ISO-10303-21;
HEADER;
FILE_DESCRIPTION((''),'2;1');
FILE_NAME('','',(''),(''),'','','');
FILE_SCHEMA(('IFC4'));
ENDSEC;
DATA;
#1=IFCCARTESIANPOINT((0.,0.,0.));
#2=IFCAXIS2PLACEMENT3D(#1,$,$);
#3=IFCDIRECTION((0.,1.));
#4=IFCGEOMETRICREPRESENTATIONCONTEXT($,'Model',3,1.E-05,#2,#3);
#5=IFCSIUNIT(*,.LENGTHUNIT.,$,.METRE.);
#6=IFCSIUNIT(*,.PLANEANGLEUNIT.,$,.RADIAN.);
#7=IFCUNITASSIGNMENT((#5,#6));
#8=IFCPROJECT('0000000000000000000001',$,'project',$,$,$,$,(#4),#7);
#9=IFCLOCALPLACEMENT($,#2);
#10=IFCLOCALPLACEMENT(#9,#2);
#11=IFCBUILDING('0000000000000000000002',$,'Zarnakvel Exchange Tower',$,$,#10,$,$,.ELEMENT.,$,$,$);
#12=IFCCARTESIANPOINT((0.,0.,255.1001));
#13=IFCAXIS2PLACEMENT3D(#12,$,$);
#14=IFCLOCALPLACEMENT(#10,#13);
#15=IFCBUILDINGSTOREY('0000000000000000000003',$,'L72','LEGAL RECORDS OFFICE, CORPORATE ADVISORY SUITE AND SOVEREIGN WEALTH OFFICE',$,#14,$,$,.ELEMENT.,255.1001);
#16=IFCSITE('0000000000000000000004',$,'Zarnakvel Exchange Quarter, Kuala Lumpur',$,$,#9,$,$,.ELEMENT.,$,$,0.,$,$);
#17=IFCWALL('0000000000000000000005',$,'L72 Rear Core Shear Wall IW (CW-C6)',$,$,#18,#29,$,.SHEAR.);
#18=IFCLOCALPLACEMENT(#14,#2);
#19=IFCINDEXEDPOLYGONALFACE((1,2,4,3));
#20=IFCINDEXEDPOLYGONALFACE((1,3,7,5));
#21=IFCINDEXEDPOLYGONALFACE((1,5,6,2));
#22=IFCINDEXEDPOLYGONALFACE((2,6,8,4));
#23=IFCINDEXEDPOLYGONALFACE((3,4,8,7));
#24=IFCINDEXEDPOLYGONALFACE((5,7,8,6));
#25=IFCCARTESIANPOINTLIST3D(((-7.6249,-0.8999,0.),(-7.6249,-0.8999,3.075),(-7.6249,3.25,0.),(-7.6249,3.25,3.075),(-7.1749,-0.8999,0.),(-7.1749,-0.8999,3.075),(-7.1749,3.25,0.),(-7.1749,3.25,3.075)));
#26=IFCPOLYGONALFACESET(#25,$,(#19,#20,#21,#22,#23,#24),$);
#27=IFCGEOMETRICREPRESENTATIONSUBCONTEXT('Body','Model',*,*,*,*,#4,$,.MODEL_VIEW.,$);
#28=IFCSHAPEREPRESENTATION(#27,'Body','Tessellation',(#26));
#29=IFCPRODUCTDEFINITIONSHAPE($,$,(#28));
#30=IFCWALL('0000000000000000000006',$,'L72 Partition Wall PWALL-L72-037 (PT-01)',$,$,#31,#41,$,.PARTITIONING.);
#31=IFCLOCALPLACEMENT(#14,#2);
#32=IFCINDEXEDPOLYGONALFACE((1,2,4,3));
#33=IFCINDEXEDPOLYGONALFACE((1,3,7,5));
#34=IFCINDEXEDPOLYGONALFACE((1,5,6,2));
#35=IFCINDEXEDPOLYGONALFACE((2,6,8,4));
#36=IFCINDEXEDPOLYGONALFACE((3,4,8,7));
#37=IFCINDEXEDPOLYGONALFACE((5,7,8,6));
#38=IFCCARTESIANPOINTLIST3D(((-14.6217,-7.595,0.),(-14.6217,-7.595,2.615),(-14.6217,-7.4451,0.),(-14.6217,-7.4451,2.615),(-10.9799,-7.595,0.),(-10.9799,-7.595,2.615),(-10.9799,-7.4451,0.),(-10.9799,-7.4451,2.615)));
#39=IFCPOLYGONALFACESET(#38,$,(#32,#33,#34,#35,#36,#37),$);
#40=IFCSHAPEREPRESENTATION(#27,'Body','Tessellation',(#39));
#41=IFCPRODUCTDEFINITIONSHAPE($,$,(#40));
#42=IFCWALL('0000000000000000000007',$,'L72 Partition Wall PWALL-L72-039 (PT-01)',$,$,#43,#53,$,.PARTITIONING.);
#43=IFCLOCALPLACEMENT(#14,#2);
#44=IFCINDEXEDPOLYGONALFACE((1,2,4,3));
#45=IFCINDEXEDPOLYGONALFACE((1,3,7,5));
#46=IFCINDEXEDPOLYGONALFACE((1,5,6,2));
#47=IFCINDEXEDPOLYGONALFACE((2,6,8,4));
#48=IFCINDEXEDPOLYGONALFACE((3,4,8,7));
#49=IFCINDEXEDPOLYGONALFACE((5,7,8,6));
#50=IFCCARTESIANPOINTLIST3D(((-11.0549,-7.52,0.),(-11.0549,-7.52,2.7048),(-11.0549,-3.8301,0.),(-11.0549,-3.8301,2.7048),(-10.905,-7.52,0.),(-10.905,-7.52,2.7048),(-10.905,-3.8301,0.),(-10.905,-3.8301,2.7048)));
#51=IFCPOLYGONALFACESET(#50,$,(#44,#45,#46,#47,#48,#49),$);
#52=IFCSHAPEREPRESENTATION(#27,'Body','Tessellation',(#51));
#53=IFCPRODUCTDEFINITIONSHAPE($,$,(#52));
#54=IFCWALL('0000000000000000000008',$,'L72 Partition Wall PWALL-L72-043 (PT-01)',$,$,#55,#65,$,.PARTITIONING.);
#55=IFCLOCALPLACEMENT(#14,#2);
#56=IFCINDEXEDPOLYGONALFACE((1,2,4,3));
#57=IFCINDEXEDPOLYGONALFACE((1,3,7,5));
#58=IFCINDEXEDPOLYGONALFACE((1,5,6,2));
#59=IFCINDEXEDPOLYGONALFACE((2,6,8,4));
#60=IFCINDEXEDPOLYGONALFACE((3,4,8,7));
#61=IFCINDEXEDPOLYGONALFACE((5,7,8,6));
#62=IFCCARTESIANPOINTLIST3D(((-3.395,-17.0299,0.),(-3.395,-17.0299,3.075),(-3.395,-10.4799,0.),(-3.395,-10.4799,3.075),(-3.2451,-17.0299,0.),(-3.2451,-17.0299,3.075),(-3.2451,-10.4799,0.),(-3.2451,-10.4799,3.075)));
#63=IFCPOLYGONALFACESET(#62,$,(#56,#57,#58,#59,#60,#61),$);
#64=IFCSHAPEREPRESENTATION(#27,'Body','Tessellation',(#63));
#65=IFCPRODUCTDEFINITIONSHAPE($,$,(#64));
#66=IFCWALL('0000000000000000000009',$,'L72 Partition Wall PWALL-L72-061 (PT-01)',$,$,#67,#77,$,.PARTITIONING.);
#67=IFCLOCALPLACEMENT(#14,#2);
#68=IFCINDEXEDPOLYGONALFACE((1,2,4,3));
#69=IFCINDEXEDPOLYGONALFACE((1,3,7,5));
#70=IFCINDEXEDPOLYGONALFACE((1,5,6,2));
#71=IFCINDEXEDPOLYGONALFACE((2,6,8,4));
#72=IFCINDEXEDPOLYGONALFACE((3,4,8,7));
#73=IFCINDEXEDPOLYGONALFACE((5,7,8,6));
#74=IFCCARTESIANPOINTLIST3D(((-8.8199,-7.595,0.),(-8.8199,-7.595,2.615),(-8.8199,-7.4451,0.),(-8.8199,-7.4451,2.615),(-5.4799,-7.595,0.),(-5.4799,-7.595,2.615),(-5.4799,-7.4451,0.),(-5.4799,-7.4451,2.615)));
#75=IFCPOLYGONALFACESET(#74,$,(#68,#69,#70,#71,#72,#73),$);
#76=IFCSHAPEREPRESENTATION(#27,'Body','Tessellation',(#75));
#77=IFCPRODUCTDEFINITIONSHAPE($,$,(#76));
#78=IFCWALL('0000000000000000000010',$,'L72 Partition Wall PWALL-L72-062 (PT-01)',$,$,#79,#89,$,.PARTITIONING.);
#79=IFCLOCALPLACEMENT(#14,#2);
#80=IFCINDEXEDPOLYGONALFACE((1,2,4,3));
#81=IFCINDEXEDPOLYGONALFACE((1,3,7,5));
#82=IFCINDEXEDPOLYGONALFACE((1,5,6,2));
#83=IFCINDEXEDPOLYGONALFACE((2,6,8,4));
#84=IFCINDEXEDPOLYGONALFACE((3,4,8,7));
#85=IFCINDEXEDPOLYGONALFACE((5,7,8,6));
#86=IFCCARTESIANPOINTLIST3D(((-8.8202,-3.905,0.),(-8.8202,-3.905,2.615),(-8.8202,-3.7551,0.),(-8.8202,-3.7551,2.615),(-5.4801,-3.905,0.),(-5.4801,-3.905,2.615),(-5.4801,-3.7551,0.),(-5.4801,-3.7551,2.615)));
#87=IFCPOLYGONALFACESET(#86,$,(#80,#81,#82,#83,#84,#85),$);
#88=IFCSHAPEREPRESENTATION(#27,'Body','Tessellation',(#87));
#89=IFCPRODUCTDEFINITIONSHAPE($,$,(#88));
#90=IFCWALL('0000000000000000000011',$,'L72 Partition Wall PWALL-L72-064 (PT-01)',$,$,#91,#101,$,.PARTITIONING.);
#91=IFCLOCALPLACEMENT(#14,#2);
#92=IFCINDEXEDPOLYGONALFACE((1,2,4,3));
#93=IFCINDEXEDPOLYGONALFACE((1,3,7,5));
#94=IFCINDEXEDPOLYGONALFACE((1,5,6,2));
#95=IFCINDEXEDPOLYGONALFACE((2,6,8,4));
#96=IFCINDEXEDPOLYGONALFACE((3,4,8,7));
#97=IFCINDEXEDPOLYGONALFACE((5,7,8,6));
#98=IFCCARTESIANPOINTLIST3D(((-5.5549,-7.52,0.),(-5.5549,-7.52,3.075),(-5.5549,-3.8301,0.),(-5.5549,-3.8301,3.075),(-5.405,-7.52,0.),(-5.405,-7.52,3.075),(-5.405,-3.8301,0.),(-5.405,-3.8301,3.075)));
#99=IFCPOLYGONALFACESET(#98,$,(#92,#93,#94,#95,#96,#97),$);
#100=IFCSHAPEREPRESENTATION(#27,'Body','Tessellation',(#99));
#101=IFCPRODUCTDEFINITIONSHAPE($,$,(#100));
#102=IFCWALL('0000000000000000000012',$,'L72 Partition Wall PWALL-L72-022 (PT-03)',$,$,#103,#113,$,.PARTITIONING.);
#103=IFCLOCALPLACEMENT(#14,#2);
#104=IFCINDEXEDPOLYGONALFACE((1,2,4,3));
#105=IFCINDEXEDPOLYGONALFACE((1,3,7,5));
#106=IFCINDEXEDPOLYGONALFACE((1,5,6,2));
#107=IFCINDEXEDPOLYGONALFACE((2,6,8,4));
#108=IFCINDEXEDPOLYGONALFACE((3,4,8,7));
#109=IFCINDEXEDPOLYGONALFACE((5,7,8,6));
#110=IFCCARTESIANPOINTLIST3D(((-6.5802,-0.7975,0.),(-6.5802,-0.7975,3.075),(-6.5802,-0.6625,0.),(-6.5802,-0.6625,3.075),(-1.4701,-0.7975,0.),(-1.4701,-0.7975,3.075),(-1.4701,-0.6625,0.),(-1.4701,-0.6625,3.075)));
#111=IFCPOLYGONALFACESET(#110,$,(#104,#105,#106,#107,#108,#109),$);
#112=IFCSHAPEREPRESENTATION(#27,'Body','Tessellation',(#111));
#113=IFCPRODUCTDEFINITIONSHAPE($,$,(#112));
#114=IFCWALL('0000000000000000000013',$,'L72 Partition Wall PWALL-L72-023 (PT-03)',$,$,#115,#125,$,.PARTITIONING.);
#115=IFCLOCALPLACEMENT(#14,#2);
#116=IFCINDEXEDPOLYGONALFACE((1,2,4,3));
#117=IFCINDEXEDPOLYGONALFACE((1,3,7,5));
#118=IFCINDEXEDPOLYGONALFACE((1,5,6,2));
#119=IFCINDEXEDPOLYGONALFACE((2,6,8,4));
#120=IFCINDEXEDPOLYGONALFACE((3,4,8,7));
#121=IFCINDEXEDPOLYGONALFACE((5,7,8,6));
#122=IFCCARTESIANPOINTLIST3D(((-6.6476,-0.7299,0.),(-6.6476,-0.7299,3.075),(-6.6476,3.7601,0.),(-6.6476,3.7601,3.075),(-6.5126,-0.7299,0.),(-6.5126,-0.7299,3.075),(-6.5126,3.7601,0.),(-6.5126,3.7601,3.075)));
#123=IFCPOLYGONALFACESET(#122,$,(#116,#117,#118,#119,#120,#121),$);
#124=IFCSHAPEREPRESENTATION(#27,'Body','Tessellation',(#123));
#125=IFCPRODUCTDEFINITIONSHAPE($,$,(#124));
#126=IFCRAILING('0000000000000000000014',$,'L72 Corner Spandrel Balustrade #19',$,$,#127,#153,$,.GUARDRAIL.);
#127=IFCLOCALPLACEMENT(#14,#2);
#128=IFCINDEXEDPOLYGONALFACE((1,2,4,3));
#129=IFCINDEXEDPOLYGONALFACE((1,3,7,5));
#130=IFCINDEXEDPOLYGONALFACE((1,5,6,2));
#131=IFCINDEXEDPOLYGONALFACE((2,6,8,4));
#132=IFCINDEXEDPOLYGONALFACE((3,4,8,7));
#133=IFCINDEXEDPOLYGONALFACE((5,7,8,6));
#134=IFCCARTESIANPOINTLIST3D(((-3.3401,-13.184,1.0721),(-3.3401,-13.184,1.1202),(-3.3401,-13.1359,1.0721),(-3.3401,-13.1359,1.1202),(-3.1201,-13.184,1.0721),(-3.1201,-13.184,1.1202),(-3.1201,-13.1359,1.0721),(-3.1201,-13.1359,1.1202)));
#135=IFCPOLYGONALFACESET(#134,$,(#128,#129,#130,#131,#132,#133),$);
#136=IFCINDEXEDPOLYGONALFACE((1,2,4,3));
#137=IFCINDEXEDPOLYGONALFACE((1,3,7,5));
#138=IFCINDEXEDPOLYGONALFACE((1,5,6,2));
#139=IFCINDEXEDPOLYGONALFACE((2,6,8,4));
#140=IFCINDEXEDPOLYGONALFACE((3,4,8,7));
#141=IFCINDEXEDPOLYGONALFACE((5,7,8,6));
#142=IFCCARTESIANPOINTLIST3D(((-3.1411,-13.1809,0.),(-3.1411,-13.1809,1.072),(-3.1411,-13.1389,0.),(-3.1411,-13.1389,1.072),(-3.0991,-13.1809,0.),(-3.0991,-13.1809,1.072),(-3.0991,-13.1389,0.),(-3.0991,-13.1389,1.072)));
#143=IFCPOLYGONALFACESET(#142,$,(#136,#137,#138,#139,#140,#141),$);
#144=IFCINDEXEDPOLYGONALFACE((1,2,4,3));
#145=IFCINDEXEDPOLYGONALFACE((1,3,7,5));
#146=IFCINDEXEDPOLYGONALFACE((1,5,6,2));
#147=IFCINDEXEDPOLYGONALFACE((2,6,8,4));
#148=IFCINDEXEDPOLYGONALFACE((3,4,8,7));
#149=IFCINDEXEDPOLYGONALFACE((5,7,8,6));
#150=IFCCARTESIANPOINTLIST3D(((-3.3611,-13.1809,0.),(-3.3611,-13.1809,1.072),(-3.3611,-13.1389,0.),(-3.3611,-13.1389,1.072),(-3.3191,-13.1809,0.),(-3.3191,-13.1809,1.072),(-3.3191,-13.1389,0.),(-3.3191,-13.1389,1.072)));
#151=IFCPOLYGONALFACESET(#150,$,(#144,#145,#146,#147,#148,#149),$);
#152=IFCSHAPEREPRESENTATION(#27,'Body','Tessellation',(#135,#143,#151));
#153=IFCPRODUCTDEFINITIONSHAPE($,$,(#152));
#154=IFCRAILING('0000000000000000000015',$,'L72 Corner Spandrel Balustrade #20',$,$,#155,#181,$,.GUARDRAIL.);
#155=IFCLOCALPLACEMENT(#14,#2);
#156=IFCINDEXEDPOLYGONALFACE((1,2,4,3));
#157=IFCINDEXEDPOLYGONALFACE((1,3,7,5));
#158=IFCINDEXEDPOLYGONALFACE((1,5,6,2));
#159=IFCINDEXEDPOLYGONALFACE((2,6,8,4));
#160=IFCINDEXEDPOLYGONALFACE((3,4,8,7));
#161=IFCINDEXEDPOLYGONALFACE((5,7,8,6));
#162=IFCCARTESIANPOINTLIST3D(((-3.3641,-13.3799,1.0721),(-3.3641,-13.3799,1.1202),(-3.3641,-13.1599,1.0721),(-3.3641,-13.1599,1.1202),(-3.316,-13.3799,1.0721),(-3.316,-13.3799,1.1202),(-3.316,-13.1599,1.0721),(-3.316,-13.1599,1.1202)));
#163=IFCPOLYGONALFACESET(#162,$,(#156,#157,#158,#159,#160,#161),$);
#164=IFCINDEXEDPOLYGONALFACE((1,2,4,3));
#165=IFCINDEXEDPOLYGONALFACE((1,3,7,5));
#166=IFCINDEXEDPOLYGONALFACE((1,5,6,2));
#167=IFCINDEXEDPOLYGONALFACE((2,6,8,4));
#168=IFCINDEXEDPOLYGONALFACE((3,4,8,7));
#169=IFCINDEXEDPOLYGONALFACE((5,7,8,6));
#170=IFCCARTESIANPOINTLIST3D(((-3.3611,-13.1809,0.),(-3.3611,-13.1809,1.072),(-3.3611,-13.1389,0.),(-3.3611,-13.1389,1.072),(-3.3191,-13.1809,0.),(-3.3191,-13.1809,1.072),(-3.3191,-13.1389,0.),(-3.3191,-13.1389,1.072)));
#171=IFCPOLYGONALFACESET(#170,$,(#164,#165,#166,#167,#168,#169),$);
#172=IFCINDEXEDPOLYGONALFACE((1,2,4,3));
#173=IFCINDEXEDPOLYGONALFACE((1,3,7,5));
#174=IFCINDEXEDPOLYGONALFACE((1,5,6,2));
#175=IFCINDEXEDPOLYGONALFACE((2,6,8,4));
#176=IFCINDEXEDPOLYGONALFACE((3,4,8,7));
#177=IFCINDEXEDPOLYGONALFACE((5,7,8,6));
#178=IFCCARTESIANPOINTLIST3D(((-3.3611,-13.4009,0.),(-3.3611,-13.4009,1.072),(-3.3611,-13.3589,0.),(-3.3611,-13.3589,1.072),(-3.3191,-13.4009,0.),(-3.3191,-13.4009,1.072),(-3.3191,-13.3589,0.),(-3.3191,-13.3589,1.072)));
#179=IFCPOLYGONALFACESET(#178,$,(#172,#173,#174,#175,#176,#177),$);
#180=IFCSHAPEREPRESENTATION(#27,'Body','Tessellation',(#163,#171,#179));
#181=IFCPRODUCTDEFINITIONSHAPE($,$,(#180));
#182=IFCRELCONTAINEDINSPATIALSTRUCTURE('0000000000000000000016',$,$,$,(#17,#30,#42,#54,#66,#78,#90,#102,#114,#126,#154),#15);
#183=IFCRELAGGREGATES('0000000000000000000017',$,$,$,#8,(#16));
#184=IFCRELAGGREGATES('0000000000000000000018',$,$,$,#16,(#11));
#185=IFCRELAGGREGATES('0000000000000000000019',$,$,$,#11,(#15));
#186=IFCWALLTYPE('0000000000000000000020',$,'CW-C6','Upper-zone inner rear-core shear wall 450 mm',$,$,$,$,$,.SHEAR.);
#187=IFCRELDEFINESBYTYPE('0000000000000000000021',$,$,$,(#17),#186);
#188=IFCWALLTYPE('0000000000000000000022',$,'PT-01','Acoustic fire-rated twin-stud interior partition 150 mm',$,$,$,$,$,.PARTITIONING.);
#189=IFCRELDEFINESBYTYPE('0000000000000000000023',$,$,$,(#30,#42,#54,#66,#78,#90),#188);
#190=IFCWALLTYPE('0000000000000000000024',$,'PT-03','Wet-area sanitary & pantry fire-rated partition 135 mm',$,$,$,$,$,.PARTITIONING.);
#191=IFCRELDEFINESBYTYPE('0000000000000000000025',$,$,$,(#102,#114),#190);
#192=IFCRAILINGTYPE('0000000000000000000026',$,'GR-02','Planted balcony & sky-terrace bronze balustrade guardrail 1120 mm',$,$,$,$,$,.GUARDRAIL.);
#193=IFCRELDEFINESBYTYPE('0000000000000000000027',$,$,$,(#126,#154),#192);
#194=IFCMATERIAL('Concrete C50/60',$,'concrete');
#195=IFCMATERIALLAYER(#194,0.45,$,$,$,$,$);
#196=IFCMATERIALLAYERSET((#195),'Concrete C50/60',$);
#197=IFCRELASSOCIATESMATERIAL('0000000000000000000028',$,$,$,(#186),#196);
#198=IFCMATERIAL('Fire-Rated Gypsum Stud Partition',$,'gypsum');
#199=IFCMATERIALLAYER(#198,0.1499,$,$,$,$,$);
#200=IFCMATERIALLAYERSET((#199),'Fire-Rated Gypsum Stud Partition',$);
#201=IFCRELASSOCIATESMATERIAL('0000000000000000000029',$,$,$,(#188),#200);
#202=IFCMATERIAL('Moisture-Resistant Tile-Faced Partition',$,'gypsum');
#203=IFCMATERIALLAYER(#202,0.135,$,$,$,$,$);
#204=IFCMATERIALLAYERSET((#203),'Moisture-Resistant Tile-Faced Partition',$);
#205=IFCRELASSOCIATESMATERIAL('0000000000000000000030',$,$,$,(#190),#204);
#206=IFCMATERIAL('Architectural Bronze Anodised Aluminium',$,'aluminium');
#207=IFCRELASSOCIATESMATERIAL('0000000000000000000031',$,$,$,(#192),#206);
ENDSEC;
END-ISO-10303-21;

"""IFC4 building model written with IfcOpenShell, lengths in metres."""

from ifc_helpers import new_model, si_unit, direction, frame, frame_2d, origin, origin_2d, place, context, subcontext, project, spatial, rectangle, extrude, material, layer, layer_set, type_object, element, save


model = new_model("IFC4")

# Units and contexts
model_context = context("Model", 3, precision=1e-05, world=origin(), true_north=direction((0.0, 1.0)))
body_context = subcontext(model_context, "Body", "Model", "MODEL_VIEW")
ifc_project = project(units=[si_unit("LENGTHUNIT", "METRE"), si_unit("PLANEANGLEUNIT", "RADIAN")], contexts=[model_context])

# Site, building, storey
site_placement = place(None, origin())
site = spatial("IfcSite", under=ifc_project, at=site_placement, Name="Zarnakvel Exchange Quarter, Kuala Lumpur", CompositionType="ELEMENT", RefElevation=0.0)
building_placement = place(site_placement, origin())
building = spatial("IfcBuilding", under=site, at=building_placement, Name="Zarnakvel Exchange Tower", CompositionType="ELEMENT")
storey_placement = place(building_placement, frame((0.0, 0.0, 255.1001)))
storey = spatial("IfcBuildingStorey", under=building, at=storey_placement, Name="L72", Description="LEGAL RECORDS OFFICE, CORPORATE ADVISORY SUITE AND SOVEREIGN WEALTH OFFICE", CompositionType="ELEMENT", Elevation=255.1001)

# Shared definitions
ifc_material_1 = material(Name="Concrete C50/60", Category="concrete")

# Walls
ifc_layer_1 = layer(ifc_material_1, 0.45)
ifc_layer_set_1 = layer_set([ifc_layer_1], Name="Concrete C50/60")
wall_type_1 = type_object("IfcWallType", Name="CW-C6", Description="Upper-zone inner rear-core shear wall 450 mm", PredefinedType="SHEAR", material=ifc_layer_set_1)
wall_1_placement = place(storey_placement, frame((-7.3999, -0.8999, 0.0), z_axis=(0.0, 0.0, 1.0), x_axis=(0.0, 1.0, 0.0)))
element("IfcWall", 1, at=wall_1_placement, inside=storey, type_object=wall_type_1, Name="L72 Rear Core Shear Wall IW (CW-C6)", PredefinedType="SHEAR", context=body_context, shape_type="SweptSolid", body=[
    extrude(rectangle(XDim=4.1499, YDim=0.45, at=frame_2d((2.075, 0.0))), origin(), (0.0, 0.0, 1.0), 3.075),
])
ifc_material_2 = material(Name="Fire-Rated Gypsum Stud Partition", Category="gypsum")
ifc_layer_2 = layer(ifc_material_2, 0.1499)
ifc_layer_set_2 = layer_set([ifc_layer_2], Name="Fire-Rated Gypsum Stud Partition")
wall_type_2 = type_object("IfcWallType", Name="PT-01", Description="Acoustic fire-rated twin-stud interior partition 150 mm", PredefinedType="PARTITIONING", material=ifc_layer_set_2)
wall_2_placement = place(storey_placement, frame((-10.98, -7.52, 0.0), z_axis=(0.0, 0.0, 1.0), x_axis=(-1.0, 0.0, 0.0)))
element("IfcWall", 2, at=wall_2_placement, inside=storey, type_object=wall_type_2, Name="L72 Partition Wall PWALL-L72-037 (PT-01)", PredefinedType="PARTITIONING", context=body_context, shape_type="SweptSolid", body=[
    extrude(rectangle(XDim=3.6418, YDim=0.1499, at=frame_2d((1.8208, 0.0))), origin(), (0.0, 0.0, 1.0), 2.615),
])
wall_3_placement = place(storey_placement, frame((-10.98, -3.8301, 0.0), z_axis=(0.0, 0.0, 1.0), x_axis=(0.0, -1.0, 0.0)))
element("IfcWall", 3, at=wall_3_placement, inside=storey, type_object=wall_type_2, Name="L72 Partition Wall PWALL-L72-039 (PT-01)", PredefinedType="PARTITIONING", context=body_context, shape_type="SweptSolid", body=[
    extrude(rectangle(XDim=3.6899, YDim=0.1499, at=frame_2d((1.845, 0.0))), origin(), (0.0, 0.0, 1.0), 2.7048),
])
wall_4_placement = place(storey_placement, frame((-3.3201, -10.48, 0.0), z_axis=(0.0, 0.0, 1.0), x_axis=(0.0, -1.0, 0.0)))
element("IfcWall", 4, at=wall_4_placement, inside=storey, type_object=wall_type_2, Name="L72 Partition Wall PWALL-L72-043 (PT-01)", PredefinedType="PARTITIONING", context=body_context, shape_type="SweptSolid", body=[
    extrude(rectangle(XDim=6.55, YDim=0.1499, at=frame_2d((3.2749, 0.0))), origin(), (0.0, 0.0, 1.0), 3.075),
])
for number, where, z_axis, x_axis, name in (
    (5, (-5.48, -7.52, 0.0), (0.0, 0.0, 1.0), (-1.0, 0.0, 0.0), "L72 Partition Wall PWALL-L72-061 (PT-01)"),
    (6, (-8.8201, -3.8301, 0.0), (0.0, 0.0, 1.0), (1.0, 0.0, 0.0), "L72 Partition Wall PWALL-L72-062 (PT-01)"),
):
    element("IfcWall", number, at=place(storey_placement, frame(where, z_axis=z_axis, x_axis=x_axis)), inside=storey, type_object=wall_type_2, Name=name, PredefinedType="PARTITIONING", context=body_context, shape_type="SweptSolid", body=[
        extrude(rectangle(XDim=3.3401, YDim=0.1499, at=frame_2d((1.6699, 0.0))), origin(), (0.0, 0.0, 1.0), 2.615),
    ])

# Walls
wall_5_placement = place(storey_placement, frame((-5.48, -3.8301, 0.0), z_axis=(0.0, 0.0, 1.0), x_axis=(0.0, -1.0, 0.0)))
element("IfcWall", 7, at=wall_5_placement, inside=storey, type_object=wall_type_2, Name="L72 Partition Wall PWALL-L72-064 (PT-01)", PredefinedType="PARTITIONING", context=body_context, shape_type="SweptSolid", body=[
    extrude(rectangle(XDim=3.6899, YDim=0.1499, at=frame_2d((1.845, 0.0))), origin(), (0.0, 0.0, 1.0), 3.075),
])
ifc_material_3 = material(Name="Moisture-Resistant Tile-Faced Partition", Category="gypsum")
ifc_layer_3 = layer(ifc_material_3, 0.135)
ifc_layer_set_3 = layer_set([ifc_layer_3], Name="Moisture-Resistant Tile-Faced Partition")
wall_type_3 = type_object("IfcWallType", Name="PT-03", Description="Wet-area sanitary & pantry fire-rated partition 135 mm", PredefinedType="PARTITIONING", material=ifc_layer_set_3)
wall_6_placement = place(storey_placement, frame((-1.47, -0.73, 0.0), z_axis=(0.0, 0.0, 1.0), x_axis=(-1.0, 0.0, 0.0)))
element("IfcWall", 8, at=wall_6_placement, inside=storey, type_object=wall_type_3, Name="L72 Partition Wall PWALL-L72-022 (PT-03)", PredefinedType="PARTITIONING", context=body_context, shape_type="SweptSolid", body=[
    extrude(rectangle(XDim=5.1101, YDim=0.135, at=frame_2d((2.5552, 0.0))), origin(), (0.0, 0.0, 1.0), 3.075),
])
wall_7_placement = place(storey_placement, frame((-6.5801, -0.73, 0.0), z_axis=(0.0, 0.0, 1.0), x_axis=(0.0, 1.0, 0.0)))
element("IfcWall", 9, at=wall_7_placement, inside=storey, type_object=wall_type_3, Name="L72 Partition Wall PWALL-L72-023 (PT-03)", PredefinedType="PARTITIONING", context=body_context, shape_type="SweptSolid", body=[
    extrude(rectangle(XDim=4.49, YDim=0.135, at=frame_2d((2.2451, 0.0))), origin(), (0.0, 0.0, 1.0), 3.075),
])

# Railings
ifc_material_4 = material(Name="Architectural Bronze Anodised Aluminium", Category="aluminium")
railing_type_1 = type_object("IfcRailingType", Name="GR-02", Description="Planted balcony & sky-terrace bronze balustrade guardrail 1120 mm", PredefinedType="GUARDRAIL", material=ifc_material_4)
railing_1_placement = place(storey_placement, frame((-3.1201, -13.1599, 0.0)))
element("IfcRailing", 10, at=railing_1_placement, inside=storey, type_object=railing_type_1, Name="L72 Corner Spandrel Balustrade #19", PredefinedType="GUARDRAIL", context=body_context, shape_type="SweptSolid", body=[
    extrude(rectangle(XDim=0.0481, YDim=0.0481, at=origin_2d()), frame((0.0, 0.0, 1.0962), z_axis=(-1.0, 0.0, 0.0), x_axis=(0.0, -1.0, 0.0)), (0.0, 0.0, 1.0), 0.22),
    extrude(rectangle(XDim=0.042, YDim=0.042, at=origin_2d()), origin(), (0.0, 0.0, 1.0), 1.072),
    extrude(rectangle(XDim=0.042, YDim=0.042, at=origin_2d()), frame((-0.22, 0.0, 0.0)), (0.0, 0.0, 1.0), 1.072),
])
railing_2_placement = place(storey_placement, frame((-3.3401, -13.1599, 0.0)))
element("IfcRailing", 11, at=railing_2_placement, inside=storey, type_object=railing_type_1, Name="L72 Corner Spandrel Balustrade #20", PredefinedType="GUARDRAIL", context=body_context, shape_type="SweptSolid", body=[
    extrude(rectangle(XDim=0.0481, YDim=0.0481, at=origin_2d()), frame((0.0, 0.0, 1.0962), z_axis=(0.0, -1.0, 0.0), x_axis=(1.0, 0.0, 0.0)), (0.0, 0.0, 1.0), 0.22),
    extrude(rectangle(XDim=0.042, YDim=0.042, at=origin_2d()), origin(), (0.0, 0.0, 1.0), 1.072),
    extrude(rectangle(XDim=0.042, YDim=0.042, at=origin_2d()), frame((0.0, -0.22, 0.0)), (0.0, 0.0, 1.0), 1.072),
])

save(model, "model.ifc")
